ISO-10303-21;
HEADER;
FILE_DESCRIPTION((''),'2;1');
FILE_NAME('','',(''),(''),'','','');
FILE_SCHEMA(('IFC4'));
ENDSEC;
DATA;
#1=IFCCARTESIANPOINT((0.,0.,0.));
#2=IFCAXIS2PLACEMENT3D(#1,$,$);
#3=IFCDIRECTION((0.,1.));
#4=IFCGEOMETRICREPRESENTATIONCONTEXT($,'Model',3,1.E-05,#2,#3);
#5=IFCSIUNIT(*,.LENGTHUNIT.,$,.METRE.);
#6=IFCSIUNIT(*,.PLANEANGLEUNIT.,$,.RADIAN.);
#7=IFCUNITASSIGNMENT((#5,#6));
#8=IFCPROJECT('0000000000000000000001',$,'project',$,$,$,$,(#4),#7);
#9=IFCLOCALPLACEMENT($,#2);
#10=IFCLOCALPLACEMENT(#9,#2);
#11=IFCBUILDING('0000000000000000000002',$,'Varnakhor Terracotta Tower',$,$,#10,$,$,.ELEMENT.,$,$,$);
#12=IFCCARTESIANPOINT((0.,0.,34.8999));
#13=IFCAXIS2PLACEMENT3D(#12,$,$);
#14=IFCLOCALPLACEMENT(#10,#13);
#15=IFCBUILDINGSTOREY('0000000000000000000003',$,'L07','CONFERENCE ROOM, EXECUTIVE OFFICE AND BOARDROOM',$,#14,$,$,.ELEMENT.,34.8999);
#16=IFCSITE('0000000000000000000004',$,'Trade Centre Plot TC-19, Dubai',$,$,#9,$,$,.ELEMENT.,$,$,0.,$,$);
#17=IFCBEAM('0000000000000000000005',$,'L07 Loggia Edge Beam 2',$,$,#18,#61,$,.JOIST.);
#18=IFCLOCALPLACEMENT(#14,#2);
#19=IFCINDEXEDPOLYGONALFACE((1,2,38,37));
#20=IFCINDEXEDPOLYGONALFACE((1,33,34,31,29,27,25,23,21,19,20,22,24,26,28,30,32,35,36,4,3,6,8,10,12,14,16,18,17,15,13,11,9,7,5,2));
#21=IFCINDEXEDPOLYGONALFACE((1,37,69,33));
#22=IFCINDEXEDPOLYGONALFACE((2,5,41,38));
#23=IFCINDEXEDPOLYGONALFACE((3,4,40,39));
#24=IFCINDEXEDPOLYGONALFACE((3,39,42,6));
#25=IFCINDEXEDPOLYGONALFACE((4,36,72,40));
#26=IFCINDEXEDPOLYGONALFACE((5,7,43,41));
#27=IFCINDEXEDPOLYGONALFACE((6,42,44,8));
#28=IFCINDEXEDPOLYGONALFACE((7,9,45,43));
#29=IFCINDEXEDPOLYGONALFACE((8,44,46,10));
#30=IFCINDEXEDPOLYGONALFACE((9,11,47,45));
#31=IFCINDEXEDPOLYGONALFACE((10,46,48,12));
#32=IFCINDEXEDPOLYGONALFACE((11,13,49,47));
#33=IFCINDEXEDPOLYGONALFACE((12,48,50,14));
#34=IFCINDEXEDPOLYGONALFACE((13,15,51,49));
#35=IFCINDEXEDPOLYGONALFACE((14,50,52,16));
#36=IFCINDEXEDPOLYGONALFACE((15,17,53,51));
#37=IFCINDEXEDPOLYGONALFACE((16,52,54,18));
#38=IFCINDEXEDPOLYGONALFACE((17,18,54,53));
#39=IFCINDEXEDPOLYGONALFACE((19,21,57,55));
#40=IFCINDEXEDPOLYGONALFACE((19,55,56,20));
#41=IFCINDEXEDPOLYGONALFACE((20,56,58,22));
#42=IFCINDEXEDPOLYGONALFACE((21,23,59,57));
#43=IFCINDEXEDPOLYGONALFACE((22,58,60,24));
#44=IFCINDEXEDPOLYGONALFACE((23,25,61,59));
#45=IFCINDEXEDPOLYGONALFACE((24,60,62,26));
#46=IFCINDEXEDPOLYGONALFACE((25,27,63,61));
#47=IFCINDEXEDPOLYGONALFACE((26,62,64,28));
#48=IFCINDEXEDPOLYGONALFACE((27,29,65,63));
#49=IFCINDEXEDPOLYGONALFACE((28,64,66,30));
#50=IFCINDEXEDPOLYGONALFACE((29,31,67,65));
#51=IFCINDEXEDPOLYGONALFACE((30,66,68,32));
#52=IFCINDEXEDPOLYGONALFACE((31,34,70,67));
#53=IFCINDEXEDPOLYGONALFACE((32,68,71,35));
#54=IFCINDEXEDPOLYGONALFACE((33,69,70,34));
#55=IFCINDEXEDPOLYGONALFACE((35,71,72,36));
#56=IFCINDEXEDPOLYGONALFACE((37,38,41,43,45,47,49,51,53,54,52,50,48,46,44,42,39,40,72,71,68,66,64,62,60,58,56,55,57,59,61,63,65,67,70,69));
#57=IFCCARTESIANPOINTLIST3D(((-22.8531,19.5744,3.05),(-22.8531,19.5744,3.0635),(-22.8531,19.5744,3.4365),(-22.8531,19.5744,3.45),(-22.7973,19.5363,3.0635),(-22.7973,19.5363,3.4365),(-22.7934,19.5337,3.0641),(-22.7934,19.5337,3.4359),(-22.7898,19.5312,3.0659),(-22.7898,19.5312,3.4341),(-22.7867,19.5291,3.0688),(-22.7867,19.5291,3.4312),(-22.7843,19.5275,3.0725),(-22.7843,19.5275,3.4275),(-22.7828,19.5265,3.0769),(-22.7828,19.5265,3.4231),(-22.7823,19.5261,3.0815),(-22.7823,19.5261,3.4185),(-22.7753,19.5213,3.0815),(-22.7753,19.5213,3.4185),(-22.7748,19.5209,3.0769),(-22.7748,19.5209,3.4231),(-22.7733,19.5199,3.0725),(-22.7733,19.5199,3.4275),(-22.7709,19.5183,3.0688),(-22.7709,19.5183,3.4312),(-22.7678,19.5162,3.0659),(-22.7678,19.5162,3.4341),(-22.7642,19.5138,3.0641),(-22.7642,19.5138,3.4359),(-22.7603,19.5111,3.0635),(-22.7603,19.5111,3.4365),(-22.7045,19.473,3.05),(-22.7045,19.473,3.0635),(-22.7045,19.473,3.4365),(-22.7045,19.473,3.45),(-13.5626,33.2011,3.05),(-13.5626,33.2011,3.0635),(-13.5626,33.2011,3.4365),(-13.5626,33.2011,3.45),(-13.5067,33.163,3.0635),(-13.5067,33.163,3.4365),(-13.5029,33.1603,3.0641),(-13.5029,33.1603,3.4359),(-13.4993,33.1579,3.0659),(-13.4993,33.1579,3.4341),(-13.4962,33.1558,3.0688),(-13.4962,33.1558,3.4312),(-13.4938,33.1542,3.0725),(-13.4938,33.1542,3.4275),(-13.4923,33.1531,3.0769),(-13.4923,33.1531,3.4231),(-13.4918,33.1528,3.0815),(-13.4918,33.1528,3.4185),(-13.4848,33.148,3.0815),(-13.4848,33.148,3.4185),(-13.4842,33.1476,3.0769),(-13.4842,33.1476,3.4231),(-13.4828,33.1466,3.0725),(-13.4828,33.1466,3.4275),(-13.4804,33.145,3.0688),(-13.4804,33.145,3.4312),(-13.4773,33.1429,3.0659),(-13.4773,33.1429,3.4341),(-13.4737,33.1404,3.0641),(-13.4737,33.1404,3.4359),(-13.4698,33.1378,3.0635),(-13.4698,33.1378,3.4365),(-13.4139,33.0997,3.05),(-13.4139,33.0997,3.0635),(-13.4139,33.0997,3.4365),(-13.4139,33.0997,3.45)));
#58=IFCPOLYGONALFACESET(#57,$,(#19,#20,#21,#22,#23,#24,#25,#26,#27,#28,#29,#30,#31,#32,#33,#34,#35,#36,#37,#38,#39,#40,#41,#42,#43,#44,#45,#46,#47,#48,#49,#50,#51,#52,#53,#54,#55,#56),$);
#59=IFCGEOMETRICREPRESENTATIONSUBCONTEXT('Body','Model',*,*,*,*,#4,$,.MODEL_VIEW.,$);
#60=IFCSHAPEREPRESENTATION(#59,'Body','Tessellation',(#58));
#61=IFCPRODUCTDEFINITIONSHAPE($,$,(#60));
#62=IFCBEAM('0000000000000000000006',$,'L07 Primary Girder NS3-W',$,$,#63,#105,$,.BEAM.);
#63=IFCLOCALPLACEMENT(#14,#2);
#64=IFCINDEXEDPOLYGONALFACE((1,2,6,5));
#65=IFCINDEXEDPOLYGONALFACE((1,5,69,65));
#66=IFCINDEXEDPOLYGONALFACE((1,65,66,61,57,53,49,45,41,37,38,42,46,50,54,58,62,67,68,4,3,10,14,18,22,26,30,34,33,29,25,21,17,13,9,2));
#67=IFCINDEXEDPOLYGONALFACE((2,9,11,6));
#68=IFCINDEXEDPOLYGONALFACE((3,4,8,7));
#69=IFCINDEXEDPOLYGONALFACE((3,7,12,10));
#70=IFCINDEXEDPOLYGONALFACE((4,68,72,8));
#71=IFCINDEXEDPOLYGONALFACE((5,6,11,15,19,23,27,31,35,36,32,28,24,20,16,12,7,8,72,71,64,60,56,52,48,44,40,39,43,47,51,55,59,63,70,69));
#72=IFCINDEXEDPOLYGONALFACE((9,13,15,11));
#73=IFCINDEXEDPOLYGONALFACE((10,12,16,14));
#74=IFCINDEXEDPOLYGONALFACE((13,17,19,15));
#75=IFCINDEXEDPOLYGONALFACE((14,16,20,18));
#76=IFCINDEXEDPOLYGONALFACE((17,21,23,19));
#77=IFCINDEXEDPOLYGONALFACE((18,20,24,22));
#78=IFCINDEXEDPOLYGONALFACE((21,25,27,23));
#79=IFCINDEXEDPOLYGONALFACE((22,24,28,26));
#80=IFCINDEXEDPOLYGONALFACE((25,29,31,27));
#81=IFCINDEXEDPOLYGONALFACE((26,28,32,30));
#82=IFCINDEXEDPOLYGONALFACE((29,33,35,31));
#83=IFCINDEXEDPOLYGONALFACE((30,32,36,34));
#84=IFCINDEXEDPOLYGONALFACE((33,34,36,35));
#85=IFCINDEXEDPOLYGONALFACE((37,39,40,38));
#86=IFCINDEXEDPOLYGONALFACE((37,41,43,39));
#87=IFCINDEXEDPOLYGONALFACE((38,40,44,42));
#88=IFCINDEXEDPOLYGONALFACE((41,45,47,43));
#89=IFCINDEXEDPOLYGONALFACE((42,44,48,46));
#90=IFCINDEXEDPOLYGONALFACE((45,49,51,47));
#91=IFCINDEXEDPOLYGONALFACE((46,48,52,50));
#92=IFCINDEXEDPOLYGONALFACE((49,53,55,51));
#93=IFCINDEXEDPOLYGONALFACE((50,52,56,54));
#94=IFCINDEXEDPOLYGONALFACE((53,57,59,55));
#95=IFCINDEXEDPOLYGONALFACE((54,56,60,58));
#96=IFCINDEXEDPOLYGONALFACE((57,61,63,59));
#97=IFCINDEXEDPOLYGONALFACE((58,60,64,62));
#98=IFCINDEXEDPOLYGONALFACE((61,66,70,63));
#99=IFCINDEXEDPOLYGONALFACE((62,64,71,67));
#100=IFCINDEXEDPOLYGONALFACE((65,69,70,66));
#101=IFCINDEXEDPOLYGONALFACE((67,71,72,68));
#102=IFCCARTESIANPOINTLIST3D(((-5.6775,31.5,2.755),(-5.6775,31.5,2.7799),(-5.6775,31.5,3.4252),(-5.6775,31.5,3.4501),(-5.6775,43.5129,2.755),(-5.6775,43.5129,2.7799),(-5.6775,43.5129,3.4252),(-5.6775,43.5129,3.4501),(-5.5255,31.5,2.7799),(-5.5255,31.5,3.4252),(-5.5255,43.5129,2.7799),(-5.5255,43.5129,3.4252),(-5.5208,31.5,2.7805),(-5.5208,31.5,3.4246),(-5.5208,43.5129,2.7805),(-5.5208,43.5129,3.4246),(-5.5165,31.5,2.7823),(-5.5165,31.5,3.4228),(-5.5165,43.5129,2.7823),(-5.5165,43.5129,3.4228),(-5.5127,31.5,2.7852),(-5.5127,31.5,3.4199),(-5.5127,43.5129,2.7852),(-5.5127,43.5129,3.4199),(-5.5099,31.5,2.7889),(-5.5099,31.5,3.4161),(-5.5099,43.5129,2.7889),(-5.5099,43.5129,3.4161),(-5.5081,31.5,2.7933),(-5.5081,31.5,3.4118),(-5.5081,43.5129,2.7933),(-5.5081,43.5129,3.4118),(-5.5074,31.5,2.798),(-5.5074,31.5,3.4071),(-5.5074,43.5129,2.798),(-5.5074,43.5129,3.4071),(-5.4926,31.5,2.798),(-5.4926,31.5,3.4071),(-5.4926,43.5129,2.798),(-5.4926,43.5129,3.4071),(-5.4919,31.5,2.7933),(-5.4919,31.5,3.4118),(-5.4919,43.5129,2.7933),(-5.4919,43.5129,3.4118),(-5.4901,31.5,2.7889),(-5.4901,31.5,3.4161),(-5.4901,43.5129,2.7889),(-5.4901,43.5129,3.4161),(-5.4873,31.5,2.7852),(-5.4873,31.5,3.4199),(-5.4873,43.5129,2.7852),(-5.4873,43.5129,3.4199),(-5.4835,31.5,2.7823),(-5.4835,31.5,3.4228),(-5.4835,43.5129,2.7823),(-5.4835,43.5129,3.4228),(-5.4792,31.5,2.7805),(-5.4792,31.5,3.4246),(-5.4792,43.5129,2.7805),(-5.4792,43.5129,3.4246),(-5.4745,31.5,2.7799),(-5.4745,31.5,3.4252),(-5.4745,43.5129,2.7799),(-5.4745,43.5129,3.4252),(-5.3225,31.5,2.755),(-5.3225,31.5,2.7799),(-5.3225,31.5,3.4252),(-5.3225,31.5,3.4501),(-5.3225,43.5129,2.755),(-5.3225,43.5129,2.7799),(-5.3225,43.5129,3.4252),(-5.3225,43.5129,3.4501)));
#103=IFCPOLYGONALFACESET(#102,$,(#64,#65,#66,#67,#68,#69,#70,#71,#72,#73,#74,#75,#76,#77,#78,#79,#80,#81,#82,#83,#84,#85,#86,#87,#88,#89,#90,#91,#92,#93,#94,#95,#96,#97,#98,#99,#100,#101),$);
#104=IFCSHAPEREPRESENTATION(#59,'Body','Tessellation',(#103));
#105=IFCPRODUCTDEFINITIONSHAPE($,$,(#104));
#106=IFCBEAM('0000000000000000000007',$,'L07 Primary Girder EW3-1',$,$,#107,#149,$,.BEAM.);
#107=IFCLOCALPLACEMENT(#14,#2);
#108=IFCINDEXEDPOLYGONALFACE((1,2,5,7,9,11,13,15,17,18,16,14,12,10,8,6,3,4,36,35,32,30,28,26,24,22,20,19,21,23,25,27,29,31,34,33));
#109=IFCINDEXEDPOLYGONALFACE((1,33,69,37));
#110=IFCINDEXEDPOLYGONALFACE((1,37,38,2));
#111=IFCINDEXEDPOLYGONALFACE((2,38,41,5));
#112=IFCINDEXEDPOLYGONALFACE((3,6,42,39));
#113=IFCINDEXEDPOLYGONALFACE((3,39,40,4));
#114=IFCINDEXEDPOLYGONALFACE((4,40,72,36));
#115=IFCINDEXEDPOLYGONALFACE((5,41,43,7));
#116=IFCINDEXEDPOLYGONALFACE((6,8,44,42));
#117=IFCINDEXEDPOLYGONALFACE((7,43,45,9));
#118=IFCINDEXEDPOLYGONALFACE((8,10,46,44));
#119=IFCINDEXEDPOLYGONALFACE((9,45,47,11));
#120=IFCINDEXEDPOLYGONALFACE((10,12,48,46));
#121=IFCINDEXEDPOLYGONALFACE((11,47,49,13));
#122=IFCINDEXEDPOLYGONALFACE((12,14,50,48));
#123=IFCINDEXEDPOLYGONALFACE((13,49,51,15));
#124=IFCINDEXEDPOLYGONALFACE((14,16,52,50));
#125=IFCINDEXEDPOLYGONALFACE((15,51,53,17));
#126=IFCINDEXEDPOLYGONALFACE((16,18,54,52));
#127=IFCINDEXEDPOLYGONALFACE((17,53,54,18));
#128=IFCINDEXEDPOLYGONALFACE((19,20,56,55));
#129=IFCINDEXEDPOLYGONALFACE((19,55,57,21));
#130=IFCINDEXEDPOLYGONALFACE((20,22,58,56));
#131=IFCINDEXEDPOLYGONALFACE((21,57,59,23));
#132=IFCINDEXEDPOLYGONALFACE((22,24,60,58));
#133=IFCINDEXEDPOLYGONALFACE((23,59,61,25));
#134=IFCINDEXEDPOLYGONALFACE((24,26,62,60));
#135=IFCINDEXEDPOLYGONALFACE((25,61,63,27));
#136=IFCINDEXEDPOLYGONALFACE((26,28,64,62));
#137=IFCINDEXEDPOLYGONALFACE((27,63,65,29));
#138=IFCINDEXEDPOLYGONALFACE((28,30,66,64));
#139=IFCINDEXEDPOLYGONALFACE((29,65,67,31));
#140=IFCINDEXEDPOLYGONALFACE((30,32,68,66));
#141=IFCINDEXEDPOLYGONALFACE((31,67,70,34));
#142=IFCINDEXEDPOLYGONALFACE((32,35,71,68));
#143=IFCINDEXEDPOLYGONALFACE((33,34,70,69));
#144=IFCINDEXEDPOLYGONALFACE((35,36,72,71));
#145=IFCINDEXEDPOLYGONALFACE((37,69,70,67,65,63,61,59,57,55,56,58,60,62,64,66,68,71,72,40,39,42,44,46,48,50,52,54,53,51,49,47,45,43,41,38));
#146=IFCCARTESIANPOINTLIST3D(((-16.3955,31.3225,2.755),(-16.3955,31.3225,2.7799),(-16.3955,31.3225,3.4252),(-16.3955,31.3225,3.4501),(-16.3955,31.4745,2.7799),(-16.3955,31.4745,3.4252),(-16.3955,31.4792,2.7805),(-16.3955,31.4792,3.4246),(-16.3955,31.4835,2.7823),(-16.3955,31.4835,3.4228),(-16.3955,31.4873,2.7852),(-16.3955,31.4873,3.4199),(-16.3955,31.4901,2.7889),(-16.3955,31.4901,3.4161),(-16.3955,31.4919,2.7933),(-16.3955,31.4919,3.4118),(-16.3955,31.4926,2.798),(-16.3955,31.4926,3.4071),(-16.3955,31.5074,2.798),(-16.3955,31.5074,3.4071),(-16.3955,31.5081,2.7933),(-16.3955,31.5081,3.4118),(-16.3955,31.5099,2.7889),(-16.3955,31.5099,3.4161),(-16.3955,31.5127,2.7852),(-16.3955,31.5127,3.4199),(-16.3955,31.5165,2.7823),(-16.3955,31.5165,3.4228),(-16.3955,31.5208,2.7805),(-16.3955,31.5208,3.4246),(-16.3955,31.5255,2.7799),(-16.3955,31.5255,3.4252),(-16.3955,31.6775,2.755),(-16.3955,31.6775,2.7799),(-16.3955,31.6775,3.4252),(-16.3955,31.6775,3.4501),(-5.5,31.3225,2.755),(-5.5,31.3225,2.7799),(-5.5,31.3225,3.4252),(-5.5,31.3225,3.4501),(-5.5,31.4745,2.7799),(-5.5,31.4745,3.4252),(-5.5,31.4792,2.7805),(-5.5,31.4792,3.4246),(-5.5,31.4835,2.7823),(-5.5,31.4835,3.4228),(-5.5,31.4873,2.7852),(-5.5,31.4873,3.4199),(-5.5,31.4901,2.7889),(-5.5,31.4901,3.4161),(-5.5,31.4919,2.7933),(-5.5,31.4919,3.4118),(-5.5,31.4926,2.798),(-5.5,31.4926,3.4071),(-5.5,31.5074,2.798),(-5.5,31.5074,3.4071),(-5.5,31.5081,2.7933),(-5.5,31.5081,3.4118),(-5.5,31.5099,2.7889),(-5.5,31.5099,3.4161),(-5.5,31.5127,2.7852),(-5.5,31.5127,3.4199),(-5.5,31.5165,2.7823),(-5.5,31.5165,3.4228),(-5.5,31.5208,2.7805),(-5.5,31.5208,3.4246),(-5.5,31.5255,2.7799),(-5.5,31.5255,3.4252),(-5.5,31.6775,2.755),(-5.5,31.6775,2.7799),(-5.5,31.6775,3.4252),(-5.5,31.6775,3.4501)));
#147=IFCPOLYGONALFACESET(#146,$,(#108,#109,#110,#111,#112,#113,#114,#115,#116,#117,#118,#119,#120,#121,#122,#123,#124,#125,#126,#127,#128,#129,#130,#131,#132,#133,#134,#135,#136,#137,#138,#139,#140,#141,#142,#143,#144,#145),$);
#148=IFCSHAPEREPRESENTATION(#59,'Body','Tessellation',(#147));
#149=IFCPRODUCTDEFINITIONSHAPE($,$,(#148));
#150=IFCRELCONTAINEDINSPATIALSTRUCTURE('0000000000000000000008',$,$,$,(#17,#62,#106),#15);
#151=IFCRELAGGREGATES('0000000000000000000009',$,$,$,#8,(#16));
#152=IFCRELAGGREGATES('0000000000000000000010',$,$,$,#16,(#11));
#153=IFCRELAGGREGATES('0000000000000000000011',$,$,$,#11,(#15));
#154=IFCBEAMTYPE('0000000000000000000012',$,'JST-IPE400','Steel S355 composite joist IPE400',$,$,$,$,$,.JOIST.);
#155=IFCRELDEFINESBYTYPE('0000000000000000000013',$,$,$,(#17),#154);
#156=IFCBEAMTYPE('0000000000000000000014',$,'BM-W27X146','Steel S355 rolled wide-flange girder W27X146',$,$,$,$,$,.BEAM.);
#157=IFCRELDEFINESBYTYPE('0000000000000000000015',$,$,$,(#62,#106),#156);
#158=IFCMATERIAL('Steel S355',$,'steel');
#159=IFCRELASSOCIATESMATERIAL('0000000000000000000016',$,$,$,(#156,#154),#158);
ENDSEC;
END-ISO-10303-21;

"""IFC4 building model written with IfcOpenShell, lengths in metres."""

from ifc_helpers import new_model, si_unit, direction, frame, origin, origin_2d, place, context, subcontext, project, spatial, i_section, extrude, source, transform, mapped, material, material_profile, profile_set, type_object, element, save


model = new_model("IFC4")

# Units and contexts
model_context = context("Model", 3, precision=1e-05, world=origin(), true_north=direction((0.0, 1.0)))
body_context = subcontext(model_context, "Body", "Model", "MODEL_VIEW")
ifc_project = project(units=[si_unit("LENGTHUNIT", "METRE"), si_unit("PLANEANGLEUNIT", "RADIAN")], contexts=[model_context])

# Site, building, storey
site_placement = place(None, origin())
site = spatial("IfcSite", under=ifc_project, at=site_placement, Name="Trade Centre Plot TC-19, Dubai", CompositionType="ELEMENT", RefElevation=0.0)
building_placement = place(site_placement, origin())
building = spatial("IfcBuilding", under=site, at=building_placement, Name="Varnakhor Terracotta Tower", CompositionType="ELEMENT")
storey_placement = place(building_placement, frame((0.0, 0.0, 34.8999)))
storey = spatial("IfcBuildingStorey", under=building, at=storey_placement, Name="L07", Description="CONFERENCE ROOM, EXECUTIVE OFFICE AND BOARDROOM", CompositionType="ELEMENT", Elevation=34.8999)

# Beams
ifc_material_1 = material(Name="Steel S355", Category="steel")
ifc_material_profile_1 = material_profile(ifc_material_1, i_section(OverallWidth=0.355, OverallDepth=0.6951, WebThickness=0.0149, FlangeThickness=0.0249, FilletRadius=0.0181, at=origin_2d()), Name="W27X146")
ifc_profile_set_1 = profile_set([ifc_material_profile_1], Name="Steel S355")
beam_type_1 = type_object("IfcBeamType", Name="BM-W27X146", Description="Steel S355 rolled wide-flange girder W27X146", PredefinedType="BEAM", material=ifc_profile_set_1)
ifc_material_profile_2 = material_profile(ifc_material_1, i_section(OverallWidth=0.1799, OverallDepth=0.3999, WebThickness=0.0085, FlangeThickness=0.0134, FilletRadius=0.0181, at=origin_2d()), Name="IPE400")
ifc_profile_set_2 = profile_set([ifc_material_profile_2], Name="Steel S355")
beam_type_2 = type_object("IfcBeamType", Name="JST-IPE400", Description="Steel S355 composite joist IPE400", PredefinedType="JOIST", material=ifc_profile_set_2)
shared_shape_1 = source(origin(), body_context, "Body", "SweptSolid", [
    extrude(i_section(OverallWidth=0.1799, OverallDepth=0.3999, WebThickness=0.0085, FlangeThickness=0.0134, FilletRadius=0.0181, at=origin_2d()), origin(), (0.0, 0.0, 1.0), 16.4924),
])
beam_1_placement = place(storey_placement, frame((-13.4883, 33.1504, 3.25), z_axis=(-0.56332, -0.826239, 0.0), x_axis=(0.826239, -0.56332, 0.0)))
element("IfcBeam", 1, at=beam_1_placement, inside=storey, type_object=beam_type_2, Name="L07 Loggia Edge Beam 2", PredefinedType="JOIST", context=body_context, shape_type="MappedRepresentation", body=[
    mapped(shared_shape_1, transform((0.0, 0.0, 0.0), scale=1.0)),
])
shared_shape_2 = source(origin(), body_context, "Body", "SweptSolid", [
    extrude(i_section(OverallWidth=0.355, OverallDepth=0.6951, WebThickness=0.0149, FlangeThickness=0.0249, FilletRadius=0.0181, at=origin_2d()), origin(), (0.0, 0.0, 1.0), 12.0129),
])
beam_2_placement = place(storey_placement, frame((-5.5, 31.5, 3.1025), z_axis=(0.0, 1.0, 0.0), x_axis=(-1.0, 0.0, 0.0)))
element("IfcBeam", 2, at=beam_2_placement, inside=storey, type_object=beam_type_1, Name="L07 Primary Girder NS3-W", PredefinedType="BEAM", context=body_context, shape_type="MappedRepresentation", body=[
    mapped(shared_shape_2, transform((0.0, 0.0, 0.0), scale=1.0)),
])
shared_shape_3 = source(origin(), body_context, "Body", "SweptSolid", [
    extrude(i_section(OverallWidth=0.355, OverallDepth=0.6951, WebThickness=0.0149, FlangeThickness=0.0249, FilletRadius=0.0181, at=origin_2d()), origin(), (0.0, 0.0, 1.0), 10.8955),
])
beam_3_placement = place(storey_placement, frame((-16.3955, 31.5, 3.1025), z_axis=(1.0, 0.0, 0.0), x_axis=(0.0, 1.0, 0.0)))
element("IfcBeam", 3, at=beam_3_placement, inside=storey, type_object=beam_type_1, Name="L07 Primary Girder EW3-1", PredefinedType="BEAM", context=body_context, shape_type="MappedRepresentation", body=[
    mapped(shared_shape_3, transform((0.0, 0.0, 0.0), scale=1.0)),
])

save(model, "model.ifc")
